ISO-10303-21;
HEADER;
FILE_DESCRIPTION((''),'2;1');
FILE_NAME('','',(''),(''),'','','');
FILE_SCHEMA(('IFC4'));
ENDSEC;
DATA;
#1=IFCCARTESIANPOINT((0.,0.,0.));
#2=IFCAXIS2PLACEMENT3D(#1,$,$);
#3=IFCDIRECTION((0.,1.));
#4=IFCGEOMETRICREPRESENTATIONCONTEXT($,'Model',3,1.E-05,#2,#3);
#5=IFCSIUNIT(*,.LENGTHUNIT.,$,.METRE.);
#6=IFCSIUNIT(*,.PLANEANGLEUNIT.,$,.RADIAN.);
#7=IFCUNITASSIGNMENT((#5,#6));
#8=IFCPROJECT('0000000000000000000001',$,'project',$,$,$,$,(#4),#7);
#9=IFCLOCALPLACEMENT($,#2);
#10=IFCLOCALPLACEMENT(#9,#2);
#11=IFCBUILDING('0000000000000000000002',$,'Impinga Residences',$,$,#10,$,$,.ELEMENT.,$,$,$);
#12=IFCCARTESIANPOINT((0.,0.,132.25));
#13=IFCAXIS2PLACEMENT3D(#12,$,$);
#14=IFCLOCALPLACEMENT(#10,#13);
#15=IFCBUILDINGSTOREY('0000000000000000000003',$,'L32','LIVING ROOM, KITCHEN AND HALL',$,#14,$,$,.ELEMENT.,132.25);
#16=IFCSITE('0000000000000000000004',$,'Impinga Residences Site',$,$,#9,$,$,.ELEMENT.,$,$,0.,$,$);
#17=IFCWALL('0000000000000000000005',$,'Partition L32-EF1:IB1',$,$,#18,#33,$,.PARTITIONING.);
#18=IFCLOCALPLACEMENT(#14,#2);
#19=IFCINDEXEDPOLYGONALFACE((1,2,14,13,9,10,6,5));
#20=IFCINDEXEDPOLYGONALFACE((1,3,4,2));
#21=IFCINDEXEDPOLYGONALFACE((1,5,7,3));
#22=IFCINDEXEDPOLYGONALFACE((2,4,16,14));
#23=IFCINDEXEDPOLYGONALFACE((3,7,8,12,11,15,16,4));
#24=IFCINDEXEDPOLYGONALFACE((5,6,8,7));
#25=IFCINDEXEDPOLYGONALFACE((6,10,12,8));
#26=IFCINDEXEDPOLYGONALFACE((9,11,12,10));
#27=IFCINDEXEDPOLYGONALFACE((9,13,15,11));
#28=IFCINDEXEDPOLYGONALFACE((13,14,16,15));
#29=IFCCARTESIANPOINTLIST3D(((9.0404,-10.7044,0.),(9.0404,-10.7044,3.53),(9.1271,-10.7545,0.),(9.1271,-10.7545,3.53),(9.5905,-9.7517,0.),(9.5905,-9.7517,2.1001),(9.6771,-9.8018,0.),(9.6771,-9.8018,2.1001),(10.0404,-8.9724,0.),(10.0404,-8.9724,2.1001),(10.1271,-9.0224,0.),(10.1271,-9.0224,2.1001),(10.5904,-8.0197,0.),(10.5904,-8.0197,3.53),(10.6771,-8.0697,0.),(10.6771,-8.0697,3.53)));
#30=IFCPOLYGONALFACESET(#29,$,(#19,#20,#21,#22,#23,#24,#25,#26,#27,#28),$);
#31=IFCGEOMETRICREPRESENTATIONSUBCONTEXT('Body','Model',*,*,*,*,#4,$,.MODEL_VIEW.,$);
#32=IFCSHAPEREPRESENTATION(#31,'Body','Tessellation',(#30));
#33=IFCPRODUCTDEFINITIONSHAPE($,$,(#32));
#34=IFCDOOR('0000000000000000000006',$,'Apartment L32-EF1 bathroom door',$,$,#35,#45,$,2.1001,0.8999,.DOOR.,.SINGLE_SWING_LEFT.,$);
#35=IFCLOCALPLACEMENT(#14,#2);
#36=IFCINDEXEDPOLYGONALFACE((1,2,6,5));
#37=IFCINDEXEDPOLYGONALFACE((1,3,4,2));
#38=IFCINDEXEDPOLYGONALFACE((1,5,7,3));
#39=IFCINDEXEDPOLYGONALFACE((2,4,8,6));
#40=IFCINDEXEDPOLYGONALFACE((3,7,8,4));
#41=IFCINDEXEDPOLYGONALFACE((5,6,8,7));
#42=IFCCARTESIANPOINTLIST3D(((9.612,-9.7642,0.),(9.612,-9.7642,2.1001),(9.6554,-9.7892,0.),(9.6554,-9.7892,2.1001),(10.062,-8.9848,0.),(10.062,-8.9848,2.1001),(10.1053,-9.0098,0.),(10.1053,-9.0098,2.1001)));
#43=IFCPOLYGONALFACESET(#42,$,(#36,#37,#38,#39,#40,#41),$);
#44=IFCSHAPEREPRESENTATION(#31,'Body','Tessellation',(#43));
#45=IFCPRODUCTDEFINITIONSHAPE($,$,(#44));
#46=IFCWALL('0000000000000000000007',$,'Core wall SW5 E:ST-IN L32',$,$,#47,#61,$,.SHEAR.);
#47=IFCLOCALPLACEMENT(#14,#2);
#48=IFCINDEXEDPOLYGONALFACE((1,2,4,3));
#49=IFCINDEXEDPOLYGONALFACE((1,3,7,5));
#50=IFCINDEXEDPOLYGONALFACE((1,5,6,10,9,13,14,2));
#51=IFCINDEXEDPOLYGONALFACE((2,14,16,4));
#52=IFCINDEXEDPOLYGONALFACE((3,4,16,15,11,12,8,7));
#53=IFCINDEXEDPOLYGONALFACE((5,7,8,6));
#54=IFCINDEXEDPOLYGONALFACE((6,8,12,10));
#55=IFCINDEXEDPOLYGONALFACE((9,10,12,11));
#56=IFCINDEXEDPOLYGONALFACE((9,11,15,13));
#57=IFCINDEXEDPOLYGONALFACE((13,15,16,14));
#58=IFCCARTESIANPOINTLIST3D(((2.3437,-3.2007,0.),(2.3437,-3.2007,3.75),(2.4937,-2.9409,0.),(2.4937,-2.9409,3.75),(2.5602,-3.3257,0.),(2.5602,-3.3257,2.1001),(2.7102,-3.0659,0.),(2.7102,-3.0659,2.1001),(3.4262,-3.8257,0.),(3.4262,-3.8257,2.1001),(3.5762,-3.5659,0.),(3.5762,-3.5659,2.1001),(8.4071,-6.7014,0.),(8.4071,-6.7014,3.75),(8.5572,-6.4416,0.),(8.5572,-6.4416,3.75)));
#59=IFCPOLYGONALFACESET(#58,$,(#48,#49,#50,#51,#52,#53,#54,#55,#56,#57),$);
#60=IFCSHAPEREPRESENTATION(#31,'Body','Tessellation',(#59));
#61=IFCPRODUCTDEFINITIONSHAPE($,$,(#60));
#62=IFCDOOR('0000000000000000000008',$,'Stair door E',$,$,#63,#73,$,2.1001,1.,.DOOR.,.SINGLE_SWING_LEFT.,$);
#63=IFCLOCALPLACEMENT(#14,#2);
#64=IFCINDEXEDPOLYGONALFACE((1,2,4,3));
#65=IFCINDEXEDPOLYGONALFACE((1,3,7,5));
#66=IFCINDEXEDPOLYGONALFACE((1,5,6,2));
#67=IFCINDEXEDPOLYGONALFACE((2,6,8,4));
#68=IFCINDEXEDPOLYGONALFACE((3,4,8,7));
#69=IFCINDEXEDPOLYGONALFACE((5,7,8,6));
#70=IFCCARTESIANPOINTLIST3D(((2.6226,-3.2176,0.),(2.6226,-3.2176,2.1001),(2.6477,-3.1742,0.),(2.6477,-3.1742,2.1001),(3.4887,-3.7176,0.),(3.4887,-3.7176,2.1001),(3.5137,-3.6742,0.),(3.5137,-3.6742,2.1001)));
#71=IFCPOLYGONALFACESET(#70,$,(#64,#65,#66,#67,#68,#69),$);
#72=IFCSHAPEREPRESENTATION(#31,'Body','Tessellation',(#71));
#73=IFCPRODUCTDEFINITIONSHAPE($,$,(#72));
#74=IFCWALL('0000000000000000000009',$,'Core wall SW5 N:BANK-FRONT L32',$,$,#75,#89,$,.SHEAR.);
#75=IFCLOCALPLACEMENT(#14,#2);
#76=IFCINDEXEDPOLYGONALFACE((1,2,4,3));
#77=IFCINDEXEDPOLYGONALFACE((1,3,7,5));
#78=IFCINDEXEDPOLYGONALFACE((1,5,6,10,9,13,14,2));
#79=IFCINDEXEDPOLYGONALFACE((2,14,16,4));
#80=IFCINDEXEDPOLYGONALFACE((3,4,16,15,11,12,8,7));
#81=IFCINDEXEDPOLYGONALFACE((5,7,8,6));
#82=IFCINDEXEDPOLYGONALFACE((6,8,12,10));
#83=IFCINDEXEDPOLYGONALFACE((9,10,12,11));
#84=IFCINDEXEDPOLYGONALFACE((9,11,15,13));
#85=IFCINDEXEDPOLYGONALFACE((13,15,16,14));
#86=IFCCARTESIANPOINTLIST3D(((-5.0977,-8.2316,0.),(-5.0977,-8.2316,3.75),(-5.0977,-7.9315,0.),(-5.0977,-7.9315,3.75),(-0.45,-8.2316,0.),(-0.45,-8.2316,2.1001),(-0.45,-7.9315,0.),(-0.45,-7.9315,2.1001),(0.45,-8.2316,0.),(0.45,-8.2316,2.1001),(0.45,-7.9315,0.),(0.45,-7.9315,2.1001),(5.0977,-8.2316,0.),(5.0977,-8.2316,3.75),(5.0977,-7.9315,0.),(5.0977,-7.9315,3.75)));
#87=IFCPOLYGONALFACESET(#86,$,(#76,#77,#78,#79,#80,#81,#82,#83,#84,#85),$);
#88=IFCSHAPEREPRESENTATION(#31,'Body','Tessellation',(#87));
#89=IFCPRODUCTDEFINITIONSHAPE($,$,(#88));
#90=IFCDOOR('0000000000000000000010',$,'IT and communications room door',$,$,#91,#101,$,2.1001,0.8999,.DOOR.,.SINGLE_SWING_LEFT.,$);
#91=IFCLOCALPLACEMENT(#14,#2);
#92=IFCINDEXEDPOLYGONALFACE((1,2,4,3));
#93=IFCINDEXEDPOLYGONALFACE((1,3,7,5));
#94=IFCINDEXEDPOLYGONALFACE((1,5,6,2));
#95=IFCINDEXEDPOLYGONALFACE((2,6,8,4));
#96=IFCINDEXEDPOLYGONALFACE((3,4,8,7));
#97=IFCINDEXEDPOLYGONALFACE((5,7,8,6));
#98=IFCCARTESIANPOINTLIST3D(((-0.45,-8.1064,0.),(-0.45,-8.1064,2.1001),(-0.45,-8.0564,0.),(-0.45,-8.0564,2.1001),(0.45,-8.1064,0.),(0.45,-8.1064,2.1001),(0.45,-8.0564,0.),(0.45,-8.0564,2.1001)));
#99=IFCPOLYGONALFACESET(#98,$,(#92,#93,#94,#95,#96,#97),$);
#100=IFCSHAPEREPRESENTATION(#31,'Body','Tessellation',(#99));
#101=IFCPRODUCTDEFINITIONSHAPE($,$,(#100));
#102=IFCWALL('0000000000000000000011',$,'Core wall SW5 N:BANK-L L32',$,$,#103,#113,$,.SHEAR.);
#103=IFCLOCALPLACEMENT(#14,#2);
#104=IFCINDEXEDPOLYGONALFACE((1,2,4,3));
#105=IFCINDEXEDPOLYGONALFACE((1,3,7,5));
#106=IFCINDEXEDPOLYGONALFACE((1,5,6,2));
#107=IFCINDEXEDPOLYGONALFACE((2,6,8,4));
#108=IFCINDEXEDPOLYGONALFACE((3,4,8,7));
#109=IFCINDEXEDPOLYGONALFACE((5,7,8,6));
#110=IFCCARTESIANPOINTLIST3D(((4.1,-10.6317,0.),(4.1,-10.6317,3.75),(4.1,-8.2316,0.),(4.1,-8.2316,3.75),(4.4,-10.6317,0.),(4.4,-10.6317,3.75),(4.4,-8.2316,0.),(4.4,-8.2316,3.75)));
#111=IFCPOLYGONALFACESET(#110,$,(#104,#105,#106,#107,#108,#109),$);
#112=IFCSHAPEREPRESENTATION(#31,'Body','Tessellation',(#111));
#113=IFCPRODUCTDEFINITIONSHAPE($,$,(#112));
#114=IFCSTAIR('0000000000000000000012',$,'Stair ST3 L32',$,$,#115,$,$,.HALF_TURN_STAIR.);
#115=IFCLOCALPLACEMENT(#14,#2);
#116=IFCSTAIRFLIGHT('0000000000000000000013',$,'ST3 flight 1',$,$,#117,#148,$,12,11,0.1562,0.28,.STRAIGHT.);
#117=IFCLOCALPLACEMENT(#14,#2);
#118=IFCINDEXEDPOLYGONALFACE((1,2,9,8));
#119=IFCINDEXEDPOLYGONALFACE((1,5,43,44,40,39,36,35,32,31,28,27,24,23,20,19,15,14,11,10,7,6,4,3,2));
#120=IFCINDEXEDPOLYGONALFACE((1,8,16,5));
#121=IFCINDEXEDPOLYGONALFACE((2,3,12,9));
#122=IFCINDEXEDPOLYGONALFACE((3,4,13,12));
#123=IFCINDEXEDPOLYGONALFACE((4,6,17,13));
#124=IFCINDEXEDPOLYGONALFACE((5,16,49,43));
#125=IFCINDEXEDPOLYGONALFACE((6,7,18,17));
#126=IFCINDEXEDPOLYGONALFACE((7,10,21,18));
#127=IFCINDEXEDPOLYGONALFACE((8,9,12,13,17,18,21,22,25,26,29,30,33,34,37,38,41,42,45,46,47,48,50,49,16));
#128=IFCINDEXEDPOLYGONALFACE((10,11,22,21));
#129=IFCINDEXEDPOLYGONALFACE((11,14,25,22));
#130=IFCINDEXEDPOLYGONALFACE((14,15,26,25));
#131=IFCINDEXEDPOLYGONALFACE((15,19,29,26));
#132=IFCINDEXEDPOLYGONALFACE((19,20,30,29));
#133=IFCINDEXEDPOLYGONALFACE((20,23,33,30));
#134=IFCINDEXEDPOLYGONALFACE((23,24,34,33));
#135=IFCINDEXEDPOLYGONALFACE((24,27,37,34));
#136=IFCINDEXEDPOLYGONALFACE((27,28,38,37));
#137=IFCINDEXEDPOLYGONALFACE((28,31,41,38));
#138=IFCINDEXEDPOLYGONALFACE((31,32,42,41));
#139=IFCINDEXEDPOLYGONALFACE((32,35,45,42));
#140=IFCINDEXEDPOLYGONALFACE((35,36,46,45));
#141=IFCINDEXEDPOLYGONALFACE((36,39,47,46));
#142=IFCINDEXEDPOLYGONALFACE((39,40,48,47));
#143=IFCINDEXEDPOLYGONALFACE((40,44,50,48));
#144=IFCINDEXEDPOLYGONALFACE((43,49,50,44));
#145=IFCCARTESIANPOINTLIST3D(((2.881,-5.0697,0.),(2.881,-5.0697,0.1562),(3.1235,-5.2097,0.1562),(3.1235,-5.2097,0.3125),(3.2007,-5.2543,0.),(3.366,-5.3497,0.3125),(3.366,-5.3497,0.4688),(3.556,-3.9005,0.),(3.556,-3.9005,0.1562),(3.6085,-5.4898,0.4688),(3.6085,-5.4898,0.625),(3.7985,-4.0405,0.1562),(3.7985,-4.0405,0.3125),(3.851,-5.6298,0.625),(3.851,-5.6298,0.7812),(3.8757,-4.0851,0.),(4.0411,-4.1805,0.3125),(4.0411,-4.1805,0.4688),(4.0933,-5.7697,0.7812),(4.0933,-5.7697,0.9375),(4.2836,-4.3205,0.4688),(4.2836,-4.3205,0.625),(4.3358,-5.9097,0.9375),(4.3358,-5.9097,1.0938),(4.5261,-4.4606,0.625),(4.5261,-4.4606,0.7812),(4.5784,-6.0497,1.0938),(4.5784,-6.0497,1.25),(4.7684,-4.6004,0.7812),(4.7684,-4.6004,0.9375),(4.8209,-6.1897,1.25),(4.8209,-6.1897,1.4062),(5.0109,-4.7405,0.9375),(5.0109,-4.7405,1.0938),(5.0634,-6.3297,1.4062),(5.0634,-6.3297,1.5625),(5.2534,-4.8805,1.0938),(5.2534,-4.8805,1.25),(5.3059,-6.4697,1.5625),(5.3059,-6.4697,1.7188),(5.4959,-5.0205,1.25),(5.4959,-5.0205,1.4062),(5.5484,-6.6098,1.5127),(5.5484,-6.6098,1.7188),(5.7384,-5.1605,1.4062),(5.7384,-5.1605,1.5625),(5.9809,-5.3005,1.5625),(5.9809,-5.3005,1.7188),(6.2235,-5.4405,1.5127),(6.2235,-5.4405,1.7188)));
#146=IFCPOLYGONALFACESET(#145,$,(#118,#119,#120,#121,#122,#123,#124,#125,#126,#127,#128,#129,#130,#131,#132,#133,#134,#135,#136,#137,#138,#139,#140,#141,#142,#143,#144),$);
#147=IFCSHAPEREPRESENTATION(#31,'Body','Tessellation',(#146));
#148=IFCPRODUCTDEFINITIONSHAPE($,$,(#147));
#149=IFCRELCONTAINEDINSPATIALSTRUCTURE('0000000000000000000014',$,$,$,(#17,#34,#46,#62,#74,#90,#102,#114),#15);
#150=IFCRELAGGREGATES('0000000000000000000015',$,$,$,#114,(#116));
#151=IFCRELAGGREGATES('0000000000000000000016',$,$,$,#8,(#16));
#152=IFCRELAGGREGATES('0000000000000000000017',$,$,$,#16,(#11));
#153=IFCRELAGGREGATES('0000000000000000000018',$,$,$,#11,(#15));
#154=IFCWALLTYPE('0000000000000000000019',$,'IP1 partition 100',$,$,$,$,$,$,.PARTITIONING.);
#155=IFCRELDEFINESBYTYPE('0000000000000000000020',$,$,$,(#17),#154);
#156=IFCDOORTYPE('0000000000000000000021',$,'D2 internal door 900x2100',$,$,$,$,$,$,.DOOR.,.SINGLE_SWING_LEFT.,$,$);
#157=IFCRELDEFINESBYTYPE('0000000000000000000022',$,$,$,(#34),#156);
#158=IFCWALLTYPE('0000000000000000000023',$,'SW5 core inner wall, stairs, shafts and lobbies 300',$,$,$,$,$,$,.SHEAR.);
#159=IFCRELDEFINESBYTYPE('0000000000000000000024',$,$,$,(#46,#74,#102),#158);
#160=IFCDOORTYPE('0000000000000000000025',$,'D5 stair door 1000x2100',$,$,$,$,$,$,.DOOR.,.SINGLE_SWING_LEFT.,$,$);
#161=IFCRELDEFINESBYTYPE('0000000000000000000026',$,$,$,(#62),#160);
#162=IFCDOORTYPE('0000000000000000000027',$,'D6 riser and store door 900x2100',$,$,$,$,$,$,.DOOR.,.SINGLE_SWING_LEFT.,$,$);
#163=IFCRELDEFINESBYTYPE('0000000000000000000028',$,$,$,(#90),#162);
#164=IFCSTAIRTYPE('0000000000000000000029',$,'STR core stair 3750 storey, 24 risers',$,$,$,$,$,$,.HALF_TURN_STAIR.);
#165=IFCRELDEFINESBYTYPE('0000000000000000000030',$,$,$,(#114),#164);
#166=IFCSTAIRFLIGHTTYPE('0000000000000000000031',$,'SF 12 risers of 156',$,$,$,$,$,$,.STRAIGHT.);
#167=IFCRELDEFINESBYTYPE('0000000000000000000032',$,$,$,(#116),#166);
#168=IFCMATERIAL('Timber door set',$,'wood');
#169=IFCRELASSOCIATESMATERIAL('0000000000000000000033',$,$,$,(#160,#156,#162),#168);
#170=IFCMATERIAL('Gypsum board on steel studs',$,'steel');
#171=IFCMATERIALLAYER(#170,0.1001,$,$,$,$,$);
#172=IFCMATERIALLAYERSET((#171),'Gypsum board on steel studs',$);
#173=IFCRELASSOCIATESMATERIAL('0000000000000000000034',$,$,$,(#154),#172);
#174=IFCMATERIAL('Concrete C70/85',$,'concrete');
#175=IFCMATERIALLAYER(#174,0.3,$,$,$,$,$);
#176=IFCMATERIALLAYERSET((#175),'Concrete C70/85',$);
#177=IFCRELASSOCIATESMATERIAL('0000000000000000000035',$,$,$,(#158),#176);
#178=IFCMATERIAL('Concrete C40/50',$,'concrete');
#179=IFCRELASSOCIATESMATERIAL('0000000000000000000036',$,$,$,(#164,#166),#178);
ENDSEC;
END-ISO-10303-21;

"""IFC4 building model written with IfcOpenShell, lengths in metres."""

from ifc_helpers import new_model, si_unit, direction, frame, frame_2d, origin, place, context, subcontext, project, spatial, polyline, rectangle, outline, extrude, material, layer, layer_set, type_object, element, fill, aggregate, save


model = new_model("IFC4")

# Units and contexts
model_context = context("Model", 3, precision=1e-05, world=origin(), true_north=direction((0.0, 1.0)))
body_context = subcontext(model_context, "Body", "Model", "MODEL_VIEW")
ifc_project = project(units=[si_unit("LENGTHUNIT", "METRE"), si_unit("PLANEANGLEUNIT", "RADIAN")], contexts=[model_context])

# Site, building, storey
site_placement = place(None, origin())
site = spatial("IfcSite", under=ifc_project, at=site_placement, Name="Impinga Residences Site", CompositionType="ELEMENT", RefElevation=0.0)
building_placement = place(site_placement, origin())
building = spatial("IfcBuilding", under=site, at=building_placement, Name="Impinga Residences", CompositionType="ELEMENT")
storey_placement = place(building_placement, frame((0.0, 0.0, 132.25)))
storey = spatial("IfcBuildingStorey", under=building, at=storey_placement, Name="L32", Description="LIVING ROOM, KITCHEN AND HALL", CompositionType="ELEMENT", Elevation=132.25)

# Shared definitions
ifc_material_1 = material(Name="Timber door set", Category="wood")
door_type_1 = type_object("IfcDoorType", Name="D5 stair door 1000x2100", OperationType="SINGLE_SWING_LEFT", PredefinedType="DOOR", material=ifc_material_1)

# Walls, openings, doors
ifc_material_2 = material(Name="Gypsum board on steel studs", Category="steel")
ifc_layer_1 = layer(ifc_material_2, 0.1001)
ifc_layer_set_1 = layer_set([ifc_layer_1], Name="Gypsum board on steel studs")
wall_type_1 = type_object("IfcWallType", Name="IP1 partition 100", PredefinedType="PARTITIONING", material=ifc_layer_set_1)
door_type_2 = type_object("IfcDoorType", Name="D2 internal door 900x2100", OperationType="SINGLE_SWING_LEFT", PredefinedType="DOOR", material=ifc_material_1)
wall_1_placement = place(storey_placement, frame((10.6338, -8.0447, 0.0), z_axis=(0.0, 0.0, 1.0), x_axis=(-0.499993, -0.86603, 0.0)))
wall_1 = element("IfcWall", 1, at=wall_1_placement, inside=storey, type_object=wall_type_1, Name="Partition L32-EF1:IB1", PredefinedType="PARTITIONING", context=body_context, shape_type="SweptSolid", body=[
    extrude(rectangle(XDim=3.1001, YDim=0.1001, at=frame_2d((1.55, 0.0))), origin(), (0.0, 0.0, 1.0), 3.53),
])
opening_1_placement = place(wall_1_placement, frame((1.1001, 0.0, 0.0)))
opening_1 = element("IfcOpeningElement", 2, at=opening_1_placement, cuts=wall_1, PredefinedType="OPENING", context=body_context, shape_type="SweptSolid", body=[
    extrude(rectangle(XDim=0.8999, YDim=2.1001, at=frame_2d((0.45, 1.05))), frame((0.0, 0.0601, 0.0), z_axis=(0.0, -1.0, 0.0), x_axis=(1.0, 0.0, 0.0)), (0.0, 0.0, 1.0), 0.1201),
])
door_1_placement = place(opening_1_placement, origin())
door_1 = element("IfcDoor", 3, at=door_1_placement, inside=storey, type_object=door_type_2, Name="Apartment L32-EF1 bathroom door", OperationType="SINGLE_SWING_LEFT", OverallHeight=2.1001, OverallWidth=0.8999, PredefinedType="DOOR", context=body_context, shape_type="SweptSolid", body=[
    extrude(rectangle(XDim=0.8999, YDim=2.1001, at=frame_2d((0.45, 1.05))), frame((0.0, 0.0249, 0.0), z_axis=(0.0, -1.0, 0.0), x_axis=(1.0, 0.0, 0.0)), (0.0, 0.0, 1.0), 0.05),
])
fill(opening_1, door_1)
ifc_material_3 = material(Name="Concrete C70/85", Category="concrete")
ifc_layer_2 = layer(ifc_material_3, 0.3)
ifc_layer_set_2 = layer_set([ifc_layer_2], Name="Concrete C70/85")
wall_type_2 = type_object("IfcWallType", Name="SW5 core inner wall, stairs, shafts and lobbies 300", PredefinedType="SHEAR", material=ifc_layer_set_2)
wall_2_placement = place(storey_placement, frame((2.4187, -3.0708, 0.0), z_axis=(0.0, 0.0, 1.0), x_axis=(0.866026, -0.499998, 0.0)))
wall_2 = element("IfcWall", 4, at=wall_2_placement, inside=storey, type_object=wall_type_2, Name="Core wall SW5 E:ST-IN L32", PredefinedType="SHEAR", context=body_context, shape_type="SweptSolid", body=[
    extrude(rectangle(XDim=7.0015, YDim=0.3, at=frame_2d((3.5007, 0.0))), origin(), (0.0, 0.0, 1.0), 3.75),
])
opening_2_placement = place(wall_2_placement, frame((0.25, 0.0, 0.0)))
opening_2 = element("IfcOpeningElement", 5, at=opening_2_placement, cuts=wall_2, PredefinedType="OPENING", context=body_context, shape_type="SweptSolid", body=[
    extrude(rectangle(XDim=1.0, YDim=2.1001, at=frame_2d((0.5, 1.05))), frame((0.0, 0.1599, 0.0), z_axis=(0.0, -1.0, 0.0), x_axis=(1.0, 0.0, 0.0)), (0.0, 0.0, 1.0), 0.3201),
])
door_2_placement = place(opening_2_placement, origin())
door_2 = element("IfcDoor", 6, at=door_2_placement, inside=storey, type_object=door_type_1, Name="Stair door E", OperationType="SINGLE_SWING_LEFT", OverallHeight=2.1001, OverallWidth=1.0, PredefinedType="DOOR", context=body_context, shape_type="SweptSolid", body=[
    extrude(rectangle(XDim=1.0, YDim=2.1001, at=frame_2d((0.5, 1.05))), frame((0.0, 0.0249, 0.0), z_axis=(0.0, -1.0, 0.0), x_axis=(1.0, 0.0, 0.0)), (0.0, 0.0, 1.0), 0.05),
])
fill(opening_2, door_2)
wall_3_placement = place(storey_placement, frame((5.0977, -8.0815, 0.0), z_axis=(0.0, 0.0, 1.0), x_axis=(-1.0, 0.0, 0.0)))
wall_3 = element("IfcWall", 7, at=wall_3_placement, inside=storey, type_object=wall_type_2, Name="Core wall SW5 N:BANK-FRONT L32", PredefinedType="SHEAR", context=body_context, shape_type="SweptSolid", body=[
    extrude(rectangle(XDim=10.1953, YDim=0.3, at=frame_2d((5.0977, 0.0))), origin(), (0.0, 0.0, 1.0), 3.75),
])
opening_3_placement = place(wall_3_placement, frame((4.6477, 0.0, 0.0)))
opening_3 = element("IfcOpeningElement", 8, at=opening_3_placement, cuts=wall_3, PredefinedType="OPENING", context=body_context, shape_type="SweptSolid", body=[
    extrude(rectangle(XDim=0.8999, YDim=2.1001, at=frame_2d((0.45, 1.05))), frame((0.0, 0.1599, 0.0), z_axis=(0.0, -1.0, 0.0), x_axis=(1.0, 0.0, 0.0)), (0.0, 0.0, 1.0), 0.3201),
])
door_type_3 = type_object("IfcDoorType", Name="D6 riser and store door 900x2100", OperationType="SINGLE_SWING_LEFT", PredefinedType="DOOR", material=ifc_material_1)
door_3_placement = place(opening_3_placement, origin())
door_3 = element("IfcDoor", 9, at=door_3_placement, inside=storey, type_object=door_type_3, Name="IT and communications room door", OperationType="SINGLE_SWING_LEFT", OverallHeight=2.1001, OverallWidth=0.8999, PredefinedType="DOOR", context=body_context, shape_type="SweptSolid", body=[
    extrude(rectangle(XDim=0.8999, YDim=2.1001, at=frame_2d((0.45, 1.05))), frame((0.0, 0.0249, 0.0), z_axis=(0.0, -1.0, 0.0), x_axis=(1.0, 0.0, 0.0)), (0.0, 0.0, 1.0), 0.05),
])
fill(opening_3, door_3)

# Wall
wall_4_placement = place(storey_placement, frame((4.25, -8.2314, 0.0), z_axis=(0.0, 0.0, 1.0), x_axis=(0.0, -1.0, 0.0)))
element("IfcWall", 10, at=wall_4_placement, inside=storey, type_object=wall_type_2, Name="Core wall SW5 N:BANK-L L32", PredefinedType="SHEAR", context=body_context, shape_type="SweptSolid", body=[
    extrude(rectangle(XDim=2.4001, YDim=0.3, at=frame_2d((1.2002, 0.0))), origin(), (0.0, 0.0, 1.0), 3.75),
])

# Stair, stair flight
ifc_material_4 = material(Name="Concrete C40/50", Category="concrete")
stair_type = type_object("IfcStairType", Name="STR core stair 3750 storey, 24 risers", PredefinedType="HALF_TURN_STAIR", material=ifc_material_4)
stair_placement = place(storey_placement, origin())
stair = element("IfcStair", 11, at=stair_placement, inside=storey, type_object=stair_type, Name="Stair ST3 L32", PredefinedType="HALF_TURN_STAIR")
stair_flight_type = type_object("IfcStairFlightType", Name="SF 12 risers of 156", PredefinedType="STRAIGHT", material=ifc_material_4)
stair_flight_1_placement = place(storey_placement, frame((3.2185, -4.4851, 0.0), z_axis=(0.0, 0.0, 1.0), x_axis=(0.866025, -0.5, 0.0)))
stair_flight_1 = element("IfcStairFlight", 12, at=stair_flight_1_placement, type_object=stair_flight_type, Name="ST3 flight 1", NumberOfRisers=12, NumberOfTreads=11, PredefinedType="STRAIGHT", RiserHeight=0.1562, TreadLength=0.28, context=body_context, shape_type="SweptSolid", body=[
    extrude(outline(polyline([(0.0, 0.0), (0.0, 0.1562), (0.28, 0.1562), (0.28, 0.3125), (0.5601, 0.3125), (0.5601, 0.4688), (0.8401, 0.4688), (0.8401, 0.625), (1.1201, 0.625), (1.1201, 0.7812), (1.3999, 0.7812), (1.3999, 0.9375), (1.6799, 0.9375), (1.6799, 1.0938), (1.96, 1.0938), (1.96, 1.25), (2.24, 1.25), (2.24, 1.4062), (2.52, 1.4062), (2.52, 1.5625), (2.8, 1.5625), (2.8, 1.7188), (3.0801, 1.7188), (3.0801, 1.875), (3.0801, 1.5127), (0.3691, 0.0), (0.0, 0.0)])), frame((0.0, 0.675, 0.0), z_axis=(0.0, -1.0, 0.0), x_axis=(1.0, 0.0, 0.0)), (0.0, 0.0, 1.0), 1.3501),
])
aggregate(stair, [stair_flight_1])

save(model, "model.ifc")
